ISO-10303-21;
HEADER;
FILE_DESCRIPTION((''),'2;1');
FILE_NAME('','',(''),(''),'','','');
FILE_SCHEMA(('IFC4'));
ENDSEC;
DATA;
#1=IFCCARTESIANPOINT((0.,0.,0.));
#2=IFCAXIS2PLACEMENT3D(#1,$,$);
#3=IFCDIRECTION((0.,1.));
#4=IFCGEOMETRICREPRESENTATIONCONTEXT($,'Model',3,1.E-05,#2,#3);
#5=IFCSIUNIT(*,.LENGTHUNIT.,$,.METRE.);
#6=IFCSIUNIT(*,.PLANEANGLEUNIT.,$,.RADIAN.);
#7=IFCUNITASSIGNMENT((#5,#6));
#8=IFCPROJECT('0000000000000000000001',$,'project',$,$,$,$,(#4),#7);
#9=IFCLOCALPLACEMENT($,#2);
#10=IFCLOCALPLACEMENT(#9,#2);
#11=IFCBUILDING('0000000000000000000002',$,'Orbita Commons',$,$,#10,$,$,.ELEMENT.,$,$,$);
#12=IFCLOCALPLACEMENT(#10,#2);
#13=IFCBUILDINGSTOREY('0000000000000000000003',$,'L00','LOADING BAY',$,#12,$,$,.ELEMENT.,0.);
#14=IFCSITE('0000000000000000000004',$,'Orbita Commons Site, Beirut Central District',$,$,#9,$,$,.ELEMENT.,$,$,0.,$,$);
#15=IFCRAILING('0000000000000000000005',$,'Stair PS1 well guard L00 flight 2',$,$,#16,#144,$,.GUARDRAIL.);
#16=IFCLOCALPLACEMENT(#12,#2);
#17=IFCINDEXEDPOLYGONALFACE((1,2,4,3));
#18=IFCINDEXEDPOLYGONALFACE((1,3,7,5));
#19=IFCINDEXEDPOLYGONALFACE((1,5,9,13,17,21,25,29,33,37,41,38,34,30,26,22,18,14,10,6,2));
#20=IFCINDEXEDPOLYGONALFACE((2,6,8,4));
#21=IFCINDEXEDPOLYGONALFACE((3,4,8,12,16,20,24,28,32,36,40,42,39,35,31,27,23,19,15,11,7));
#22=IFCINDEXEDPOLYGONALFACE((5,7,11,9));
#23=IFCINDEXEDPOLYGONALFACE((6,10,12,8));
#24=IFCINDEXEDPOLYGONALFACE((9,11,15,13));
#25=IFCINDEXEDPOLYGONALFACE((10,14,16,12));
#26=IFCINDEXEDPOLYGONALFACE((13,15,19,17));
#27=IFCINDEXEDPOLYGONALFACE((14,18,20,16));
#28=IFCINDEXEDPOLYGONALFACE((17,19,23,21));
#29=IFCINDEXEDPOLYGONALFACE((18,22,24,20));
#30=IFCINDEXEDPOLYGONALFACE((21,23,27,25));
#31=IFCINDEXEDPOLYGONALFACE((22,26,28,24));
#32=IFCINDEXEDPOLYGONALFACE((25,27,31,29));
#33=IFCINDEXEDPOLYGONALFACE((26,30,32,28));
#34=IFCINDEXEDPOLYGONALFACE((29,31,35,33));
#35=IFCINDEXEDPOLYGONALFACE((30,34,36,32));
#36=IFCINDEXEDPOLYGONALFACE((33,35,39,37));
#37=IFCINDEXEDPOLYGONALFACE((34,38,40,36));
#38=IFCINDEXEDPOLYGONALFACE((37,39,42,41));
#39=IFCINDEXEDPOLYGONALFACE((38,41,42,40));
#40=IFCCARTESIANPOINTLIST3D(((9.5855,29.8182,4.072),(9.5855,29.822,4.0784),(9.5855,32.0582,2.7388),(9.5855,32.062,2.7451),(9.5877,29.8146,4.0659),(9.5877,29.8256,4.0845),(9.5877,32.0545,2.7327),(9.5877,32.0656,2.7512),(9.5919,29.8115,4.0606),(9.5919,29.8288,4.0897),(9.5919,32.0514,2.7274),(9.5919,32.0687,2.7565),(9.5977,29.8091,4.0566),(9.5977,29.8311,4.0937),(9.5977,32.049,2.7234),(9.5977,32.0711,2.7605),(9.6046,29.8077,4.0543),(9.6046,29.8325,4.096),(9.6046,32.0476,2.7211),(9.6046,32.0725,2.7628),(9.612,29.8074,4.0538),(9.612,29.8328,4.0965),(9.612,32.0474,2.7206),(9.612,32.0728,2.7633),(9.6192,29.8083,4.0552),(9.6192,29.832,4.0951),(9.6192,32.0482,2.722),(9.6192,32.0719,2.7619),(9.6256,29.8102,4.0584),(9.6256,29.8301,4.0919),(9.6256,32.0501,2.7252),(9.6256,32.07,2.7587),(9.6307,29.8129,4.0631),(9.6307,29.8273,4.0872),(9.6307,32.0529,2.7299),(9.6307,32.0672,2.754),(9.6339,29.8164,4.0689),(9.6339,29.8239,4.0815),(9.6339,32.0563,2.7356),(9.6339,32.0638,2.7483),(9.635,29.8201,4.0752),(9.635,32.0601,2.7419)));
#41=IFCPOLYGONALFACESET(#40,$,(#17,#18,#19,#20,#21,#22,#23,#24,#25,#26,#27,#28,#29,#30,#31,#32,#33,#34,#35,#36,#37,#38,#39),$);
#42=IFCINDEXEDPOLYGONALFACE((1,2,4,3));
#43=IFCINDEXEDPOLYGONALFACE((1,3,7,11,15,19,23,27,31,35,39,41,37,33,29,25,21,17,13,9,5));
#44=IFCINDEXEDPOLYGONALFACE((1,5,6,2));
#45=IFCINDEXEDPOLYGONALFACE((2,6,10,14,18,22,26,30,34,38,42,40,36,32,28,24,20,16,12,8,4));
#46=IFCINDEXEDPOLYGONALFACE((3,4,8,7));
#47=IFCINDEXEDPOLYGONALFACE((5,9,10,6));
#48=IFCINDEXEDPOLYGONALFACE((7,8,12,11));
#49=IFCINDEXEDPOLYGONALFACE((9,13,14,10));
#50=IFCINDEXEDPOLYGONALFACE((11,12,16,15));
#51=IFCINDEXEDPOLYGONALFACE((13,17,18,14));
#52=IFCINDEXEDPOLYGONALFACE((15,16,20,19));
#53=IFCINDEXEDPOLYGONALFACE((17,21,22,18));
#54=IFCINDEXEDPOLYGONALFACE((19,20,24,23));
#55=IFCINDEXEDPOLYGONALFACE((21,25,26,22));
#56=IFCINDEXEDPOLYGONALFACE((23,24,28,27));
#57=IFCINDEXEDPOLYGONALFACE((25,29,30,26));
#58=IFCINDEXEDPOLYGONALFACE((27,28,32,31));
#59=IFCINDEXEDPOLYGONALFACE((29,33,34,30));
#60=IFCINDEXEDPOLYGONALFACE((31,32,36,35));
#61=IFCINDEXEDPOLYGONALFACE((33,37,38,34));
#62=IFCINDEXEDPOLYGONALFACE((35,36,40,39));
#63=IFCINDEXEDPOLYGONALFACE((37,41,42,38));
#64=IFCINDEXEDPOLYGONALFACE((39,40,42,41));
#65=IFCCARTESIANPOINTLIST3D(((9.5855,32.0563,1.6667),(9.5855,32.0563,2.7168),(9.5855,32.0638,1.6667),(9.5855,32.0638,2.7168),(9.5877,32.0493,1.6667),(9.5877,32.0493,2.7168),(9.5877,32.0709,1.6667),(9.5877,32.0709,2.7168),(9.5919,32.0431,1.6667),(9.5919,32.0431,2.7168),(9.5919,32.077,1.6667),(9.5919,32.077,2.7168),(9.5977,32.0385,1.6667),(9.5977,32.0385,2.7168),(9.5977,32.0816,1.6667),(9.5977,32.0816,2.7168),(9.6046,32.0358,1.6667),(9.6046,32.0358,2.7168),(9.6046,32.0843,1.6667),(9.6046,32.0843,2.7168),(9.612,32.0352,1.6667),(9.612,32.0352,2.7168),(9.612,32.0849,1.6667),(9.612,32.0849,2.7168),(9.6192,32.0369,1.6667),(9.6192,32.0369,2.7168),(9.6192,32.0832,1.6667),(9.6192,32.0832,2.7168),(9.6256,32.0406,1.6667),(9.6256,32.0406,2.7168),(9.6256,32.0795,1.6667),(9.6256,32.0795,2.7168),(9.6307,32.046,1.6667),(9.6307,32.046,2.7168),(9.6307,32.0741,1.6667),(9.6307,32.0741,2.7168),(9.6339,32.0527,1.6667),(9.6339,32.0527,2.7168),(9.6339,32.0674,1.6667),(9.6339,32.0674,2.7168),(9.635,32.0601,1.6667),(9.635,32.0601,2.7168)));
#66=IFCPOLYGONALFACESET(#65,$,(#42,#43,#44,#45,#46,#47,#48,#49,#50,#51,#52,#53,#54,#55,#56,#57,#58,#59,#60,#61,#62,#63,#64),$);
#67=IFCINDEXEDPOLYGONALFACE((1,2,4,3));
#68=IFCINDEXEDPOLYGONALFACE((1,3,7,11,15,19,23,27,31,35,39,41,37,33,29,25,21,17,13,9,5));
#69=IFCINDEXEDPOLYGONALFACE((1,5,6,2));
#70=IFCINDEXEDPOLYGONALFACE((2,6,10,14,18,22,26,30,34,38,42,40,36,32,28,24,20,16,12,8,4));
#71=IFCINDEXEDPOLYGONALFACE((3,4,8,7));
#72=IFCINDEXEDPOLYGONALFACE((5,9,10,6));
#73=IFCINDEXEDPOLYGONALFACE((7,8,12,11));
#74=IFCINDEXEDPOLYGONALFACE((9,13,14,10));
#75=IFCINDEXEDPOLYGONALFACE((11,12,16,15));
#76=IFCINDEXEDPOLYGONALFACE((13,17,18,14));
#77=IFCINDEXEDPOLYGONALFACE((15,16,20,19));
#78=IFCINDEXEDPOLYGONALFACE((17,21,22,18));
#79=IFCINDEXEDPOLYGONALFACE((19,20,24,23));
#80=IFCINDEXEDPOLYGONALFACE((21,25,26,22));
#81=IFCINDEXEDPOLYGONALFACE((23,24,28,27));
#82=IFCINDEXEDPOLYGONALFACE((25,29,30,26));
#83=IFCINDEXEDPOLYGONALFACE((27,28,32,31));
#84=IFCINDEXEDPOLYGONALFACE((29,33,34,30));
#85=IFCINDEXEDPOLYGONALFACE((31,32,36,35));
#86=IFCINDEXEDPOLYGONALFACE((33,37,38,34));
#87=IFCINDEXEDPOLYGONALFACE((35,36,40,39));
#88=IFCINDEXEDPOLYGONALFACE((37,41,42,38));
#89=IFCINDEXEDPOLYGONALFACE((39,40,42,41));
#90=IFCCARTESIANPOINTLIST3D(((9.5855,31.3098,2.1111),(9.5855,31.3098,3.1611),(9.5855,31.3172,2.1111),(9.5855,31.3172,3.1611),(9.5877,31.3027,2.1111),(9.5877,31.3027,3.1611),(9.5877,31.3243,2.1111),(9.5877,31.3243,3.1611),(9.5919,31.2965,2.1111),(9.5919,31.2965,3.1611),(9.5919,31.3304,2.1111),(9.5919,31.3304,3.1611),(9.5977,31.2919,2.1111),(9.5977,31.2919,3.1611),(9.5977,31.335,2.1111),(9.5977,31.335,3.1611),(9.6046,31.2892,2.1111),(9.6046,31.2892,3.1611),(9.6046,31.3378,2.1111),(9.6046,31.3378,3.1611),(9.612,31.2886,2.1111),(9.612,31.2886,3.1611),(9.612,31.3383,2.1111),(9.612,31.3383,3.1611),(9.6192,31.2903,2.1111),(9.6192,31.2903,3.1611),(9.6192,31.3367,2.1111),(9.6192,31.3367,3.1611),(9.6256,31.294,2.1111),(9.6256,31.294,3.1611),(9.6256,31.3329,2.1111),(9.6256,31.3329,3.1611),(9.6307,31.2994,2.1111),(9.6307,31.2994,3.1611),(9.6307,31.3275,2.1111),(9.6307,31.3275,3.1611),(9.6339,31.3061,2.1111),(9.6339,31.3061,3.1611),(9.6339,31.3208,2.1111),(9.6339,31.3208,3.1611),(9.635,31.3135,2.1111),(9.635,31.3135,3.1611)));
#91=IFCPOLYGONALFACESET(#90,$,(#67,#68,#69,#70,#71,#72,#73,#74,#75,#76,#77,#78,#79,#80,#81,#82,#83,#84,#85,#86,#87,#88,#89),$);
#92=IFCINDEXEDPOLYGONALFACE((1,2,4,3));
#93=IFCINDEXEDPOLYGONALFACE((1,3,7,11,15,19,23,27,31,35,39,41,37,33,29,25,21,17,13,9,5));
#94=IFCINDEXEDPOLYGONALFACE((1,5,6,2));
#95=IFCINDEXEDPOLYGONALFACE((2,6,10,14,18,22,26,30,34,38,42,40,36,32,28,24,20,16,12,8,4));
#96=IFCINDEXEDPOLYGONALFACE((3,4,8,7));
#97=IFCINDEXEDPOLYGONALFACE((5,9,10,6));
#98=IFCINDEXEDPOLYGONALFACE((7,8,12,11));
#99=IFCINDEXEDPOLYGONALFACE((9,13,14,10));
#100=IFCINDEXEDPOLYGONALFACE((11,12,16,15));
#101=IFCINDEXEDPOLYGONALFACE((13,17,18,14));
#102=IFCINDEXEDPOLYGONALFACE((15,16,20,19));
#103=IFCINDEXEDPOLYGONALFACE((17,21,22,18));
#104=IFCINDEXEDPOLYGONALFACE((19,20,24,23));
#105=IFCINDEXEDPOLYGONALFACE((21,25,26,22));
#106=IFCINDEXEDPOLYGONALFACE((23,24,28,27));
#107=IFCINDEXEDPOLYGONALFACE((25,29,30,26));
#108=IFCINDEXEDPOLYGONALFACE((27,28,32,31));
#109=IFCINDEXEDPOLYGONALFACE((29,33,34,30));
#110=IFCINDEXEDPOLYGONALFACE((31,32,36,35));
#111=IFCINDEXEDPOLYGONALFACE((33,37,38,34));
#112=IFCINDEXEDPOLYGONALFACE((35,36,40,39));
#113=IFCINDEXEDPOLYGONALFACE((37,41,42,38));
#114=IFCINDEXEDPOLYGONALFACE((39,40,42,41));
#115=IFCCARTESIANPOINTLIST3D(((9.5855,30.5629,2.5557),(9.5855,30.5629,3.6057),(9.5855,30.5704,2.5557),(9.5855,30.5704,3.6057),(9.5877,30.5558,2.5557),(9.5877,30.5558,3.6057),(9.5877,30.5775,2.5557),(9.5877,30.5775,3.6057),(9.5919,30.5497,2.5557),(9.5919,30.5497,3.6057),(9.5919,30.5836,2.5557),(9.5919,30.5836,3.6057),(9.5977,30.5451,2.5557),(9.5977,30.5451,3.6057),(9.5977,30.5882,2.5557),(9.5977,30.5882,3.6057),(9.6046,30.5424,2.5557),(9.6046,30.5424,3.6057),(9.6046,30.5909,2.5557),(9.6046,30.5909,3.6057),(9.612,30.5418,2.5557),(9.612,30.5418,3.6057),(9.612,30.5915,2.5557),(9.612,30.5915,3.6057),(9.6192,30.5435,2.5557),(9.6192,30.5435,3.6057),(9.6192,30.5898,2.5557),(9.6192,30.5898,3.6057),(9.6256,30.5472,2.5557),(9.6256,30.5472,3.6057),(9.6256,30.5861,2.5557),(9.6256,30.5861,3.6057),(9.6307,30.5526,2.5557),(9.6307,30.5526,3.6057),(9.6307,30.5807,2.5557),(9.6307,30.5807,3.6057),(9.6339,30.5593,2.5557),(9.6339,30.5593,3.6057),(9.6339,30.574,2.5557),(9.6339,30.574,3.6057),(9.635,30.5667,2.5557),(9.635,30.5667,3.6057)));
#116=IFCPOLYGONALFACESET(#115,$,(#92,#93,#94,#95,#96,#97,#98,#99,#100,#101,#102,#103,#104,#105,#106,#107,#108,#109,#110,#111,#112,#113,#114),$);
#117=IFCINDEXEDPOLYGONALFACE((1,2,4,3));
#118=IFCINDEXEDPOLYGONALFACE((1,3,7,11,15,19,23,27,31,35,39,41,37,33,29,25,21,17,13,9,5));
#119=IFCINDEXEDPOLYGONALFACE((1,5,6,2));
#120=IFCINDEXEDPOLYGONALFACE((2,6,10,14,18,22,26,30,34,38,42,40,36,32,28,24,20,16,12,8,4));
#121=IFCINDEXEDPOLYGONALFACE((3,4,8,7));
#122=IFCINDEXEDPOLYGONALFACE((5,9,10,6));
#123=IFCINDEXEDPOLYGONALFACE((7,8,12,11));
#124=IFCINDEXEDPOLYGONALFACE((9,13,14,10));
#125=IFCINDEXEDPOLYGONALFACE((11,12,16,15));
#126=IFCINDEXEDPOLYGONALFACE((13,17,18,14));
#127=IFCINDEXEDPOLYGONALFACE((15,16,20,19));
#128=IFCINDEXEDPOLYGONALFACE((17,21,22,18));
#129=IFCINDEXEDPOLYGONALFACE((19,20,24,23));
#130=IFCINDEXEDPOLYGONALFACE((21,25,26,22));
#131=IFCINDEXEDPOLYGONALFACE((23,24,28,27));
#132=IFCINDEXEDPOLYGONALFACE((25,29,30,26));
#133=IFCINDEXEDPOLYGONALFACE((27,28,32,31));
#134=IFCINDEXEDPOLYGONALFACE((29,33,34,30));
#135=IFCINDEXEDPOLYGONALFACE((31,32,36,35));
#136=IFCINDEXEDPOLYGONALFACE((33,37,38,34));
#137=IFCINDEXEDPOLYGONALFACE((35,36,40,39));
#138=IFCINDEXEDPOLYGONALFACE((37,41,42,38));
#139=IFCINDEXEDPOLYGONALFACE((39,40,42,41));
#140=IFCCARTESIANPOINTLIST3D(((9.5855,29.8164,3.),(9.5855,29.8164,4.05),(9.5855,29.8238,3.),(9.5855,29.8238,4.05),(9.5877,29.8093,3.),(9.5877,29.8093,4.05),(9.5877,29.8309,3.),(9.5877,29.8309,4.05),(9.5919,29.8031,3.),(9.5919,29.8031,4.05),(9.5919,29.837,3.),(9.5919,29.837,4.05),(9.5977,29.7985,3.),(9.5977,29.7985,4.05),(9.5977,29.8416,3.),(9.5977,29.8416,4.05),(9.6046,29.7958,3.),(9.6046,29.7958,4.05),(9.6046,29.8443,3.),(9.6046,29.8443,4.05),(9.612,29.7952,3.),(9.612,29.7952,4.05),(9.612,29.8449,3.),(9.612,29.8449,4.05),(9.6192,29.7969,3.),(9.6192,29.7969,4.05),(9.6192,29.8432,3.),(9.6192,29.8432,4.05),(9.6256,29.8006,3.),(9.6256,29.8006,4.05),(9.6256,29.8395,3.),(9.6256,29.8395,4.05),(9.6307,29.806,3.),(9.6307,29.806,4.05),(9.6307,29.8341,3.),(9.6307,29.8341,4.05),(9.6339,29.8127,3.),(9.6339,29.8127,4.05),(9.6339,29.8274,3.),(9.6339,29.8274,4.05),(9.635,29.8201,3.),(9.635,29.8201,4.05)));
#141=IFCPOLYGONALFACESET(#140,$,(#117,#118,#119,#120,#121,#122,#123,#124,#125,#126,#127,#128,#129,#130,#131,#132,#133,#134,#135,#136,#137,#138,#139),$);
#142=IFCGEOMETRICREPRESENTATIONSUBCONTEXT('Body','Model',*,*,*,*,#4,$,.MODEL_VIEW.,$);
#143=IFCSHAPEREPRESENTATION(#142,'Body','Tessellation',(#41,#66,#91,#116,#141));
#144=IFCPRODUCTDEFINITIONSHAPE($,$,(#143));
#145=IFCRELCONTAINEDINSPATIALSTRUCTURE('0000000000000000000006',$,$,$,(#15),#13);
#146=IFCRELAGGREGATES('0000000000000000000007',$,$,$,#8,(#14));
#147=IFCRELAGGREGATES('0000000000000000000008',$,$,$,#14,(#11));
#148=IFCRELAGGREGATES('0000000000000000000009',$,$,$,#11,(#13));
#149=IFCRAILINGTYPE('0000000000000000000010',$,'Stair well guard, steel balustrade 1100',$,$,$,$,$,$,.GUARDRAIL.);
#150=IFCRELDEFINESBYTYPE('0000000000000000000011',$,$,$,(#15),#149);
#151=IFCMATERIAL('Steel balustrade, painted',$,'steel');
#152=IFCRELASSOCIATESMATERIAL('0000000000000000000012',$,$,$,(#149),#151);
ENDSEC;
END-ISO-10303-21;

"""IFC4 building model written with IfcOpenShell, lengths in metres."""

from ifc_helpers import new_model, si_unit, direction, frame, origin, origin_2d, place, context, subcontext, project, spatial, circle, extrude, material, type_object, element, save


model = new_model("IFC4")

# Units and contexts
model_context = context("Model", 3, precision=1e-05, world=origin(), true_north=direction((0.0, 1.0)))
body_context = subcontext(model_context, "Body", "Model", "MODEL_VIEW")
ifc_project = project(units=[si_unit("LENGTHUNIT", "METRE"), si_unit("PLANEANGLEUNIT", "RADIAN")], contexts=[model_context])

# Site, building, storey
site_placement = place(None, origin())
site = spatial("IfcSite", under=ifc_project, at=site_placement, Name="Orbita Commons Site, Beirut Central District", CompositionType="ELEMENT", RefElevation=0.0)
building_placement = place(site_placement, origin())
building = spatial("IfcBuilding", under=site, at=building_placement, Name="Orbita Commons", CompositionType="ELEMENT")
storey_placement = place(building_placement, origin())
storey = spatial("IfcBuildingStorey", under=building, at=storey_placement, Name="L00", Description="LOADING BAY", CompositionType="ELEMENT", Elevation=0.0)

# Railing
ifc_material_1 = material(Name="Steel balustrade, painted", Category="steel")
railing_type_1 = type_object("IfcRailingType", Name="Stair well guard, steel balustrade 1100", PredefinedType="GUARDRAIL", material=ifc_material_1)
railing_1_placement = place(storey_placement, frame((9.6101, 32.0601, 1.6667)))
element("IfcRailing", 1, at=railing_1_placement, inside=storey, type_object=railing_type_1, Name="Stair PS1 well guard L00 flight 2", PredefinedType="GUARDRAIL", context=body_context, shape_type="SweptSolid", body=[
    extrude(circle(Radius=0.0249, at=origin_2d()), frame((0.0, 0.0, 1.0752), z_axis=(0.0, -0.859306, 0.511462), x_axis=(1.0, 0.0, 0.0)), (0.0, 0.0, 1.0), 2.6067),
    extrude(circle(Radius=0.0249, at=origin_2d()), origin(), (0.0, 0.0, 1.0), 1.05),
    extrude(circle(Radius=0.0249, at=origin_2d()), frame((0.0, -0.7466, 0.4443)), (0.0, 0.0, 1.0), 1.05),
    extrude(circle(Radius=0.0249, at=origin_2d()), frame((0.0, -1.4934, 0.8889)), (0.0, 0.0, 1.0), 1.05),
    extrude(circle(Radius=0.0249, at=origin_2d()), frame((0.0, -2.24, 1.3333)), (0.0, 0.0, 1.0), 1.05),
])

save(model, "model.ifc")
